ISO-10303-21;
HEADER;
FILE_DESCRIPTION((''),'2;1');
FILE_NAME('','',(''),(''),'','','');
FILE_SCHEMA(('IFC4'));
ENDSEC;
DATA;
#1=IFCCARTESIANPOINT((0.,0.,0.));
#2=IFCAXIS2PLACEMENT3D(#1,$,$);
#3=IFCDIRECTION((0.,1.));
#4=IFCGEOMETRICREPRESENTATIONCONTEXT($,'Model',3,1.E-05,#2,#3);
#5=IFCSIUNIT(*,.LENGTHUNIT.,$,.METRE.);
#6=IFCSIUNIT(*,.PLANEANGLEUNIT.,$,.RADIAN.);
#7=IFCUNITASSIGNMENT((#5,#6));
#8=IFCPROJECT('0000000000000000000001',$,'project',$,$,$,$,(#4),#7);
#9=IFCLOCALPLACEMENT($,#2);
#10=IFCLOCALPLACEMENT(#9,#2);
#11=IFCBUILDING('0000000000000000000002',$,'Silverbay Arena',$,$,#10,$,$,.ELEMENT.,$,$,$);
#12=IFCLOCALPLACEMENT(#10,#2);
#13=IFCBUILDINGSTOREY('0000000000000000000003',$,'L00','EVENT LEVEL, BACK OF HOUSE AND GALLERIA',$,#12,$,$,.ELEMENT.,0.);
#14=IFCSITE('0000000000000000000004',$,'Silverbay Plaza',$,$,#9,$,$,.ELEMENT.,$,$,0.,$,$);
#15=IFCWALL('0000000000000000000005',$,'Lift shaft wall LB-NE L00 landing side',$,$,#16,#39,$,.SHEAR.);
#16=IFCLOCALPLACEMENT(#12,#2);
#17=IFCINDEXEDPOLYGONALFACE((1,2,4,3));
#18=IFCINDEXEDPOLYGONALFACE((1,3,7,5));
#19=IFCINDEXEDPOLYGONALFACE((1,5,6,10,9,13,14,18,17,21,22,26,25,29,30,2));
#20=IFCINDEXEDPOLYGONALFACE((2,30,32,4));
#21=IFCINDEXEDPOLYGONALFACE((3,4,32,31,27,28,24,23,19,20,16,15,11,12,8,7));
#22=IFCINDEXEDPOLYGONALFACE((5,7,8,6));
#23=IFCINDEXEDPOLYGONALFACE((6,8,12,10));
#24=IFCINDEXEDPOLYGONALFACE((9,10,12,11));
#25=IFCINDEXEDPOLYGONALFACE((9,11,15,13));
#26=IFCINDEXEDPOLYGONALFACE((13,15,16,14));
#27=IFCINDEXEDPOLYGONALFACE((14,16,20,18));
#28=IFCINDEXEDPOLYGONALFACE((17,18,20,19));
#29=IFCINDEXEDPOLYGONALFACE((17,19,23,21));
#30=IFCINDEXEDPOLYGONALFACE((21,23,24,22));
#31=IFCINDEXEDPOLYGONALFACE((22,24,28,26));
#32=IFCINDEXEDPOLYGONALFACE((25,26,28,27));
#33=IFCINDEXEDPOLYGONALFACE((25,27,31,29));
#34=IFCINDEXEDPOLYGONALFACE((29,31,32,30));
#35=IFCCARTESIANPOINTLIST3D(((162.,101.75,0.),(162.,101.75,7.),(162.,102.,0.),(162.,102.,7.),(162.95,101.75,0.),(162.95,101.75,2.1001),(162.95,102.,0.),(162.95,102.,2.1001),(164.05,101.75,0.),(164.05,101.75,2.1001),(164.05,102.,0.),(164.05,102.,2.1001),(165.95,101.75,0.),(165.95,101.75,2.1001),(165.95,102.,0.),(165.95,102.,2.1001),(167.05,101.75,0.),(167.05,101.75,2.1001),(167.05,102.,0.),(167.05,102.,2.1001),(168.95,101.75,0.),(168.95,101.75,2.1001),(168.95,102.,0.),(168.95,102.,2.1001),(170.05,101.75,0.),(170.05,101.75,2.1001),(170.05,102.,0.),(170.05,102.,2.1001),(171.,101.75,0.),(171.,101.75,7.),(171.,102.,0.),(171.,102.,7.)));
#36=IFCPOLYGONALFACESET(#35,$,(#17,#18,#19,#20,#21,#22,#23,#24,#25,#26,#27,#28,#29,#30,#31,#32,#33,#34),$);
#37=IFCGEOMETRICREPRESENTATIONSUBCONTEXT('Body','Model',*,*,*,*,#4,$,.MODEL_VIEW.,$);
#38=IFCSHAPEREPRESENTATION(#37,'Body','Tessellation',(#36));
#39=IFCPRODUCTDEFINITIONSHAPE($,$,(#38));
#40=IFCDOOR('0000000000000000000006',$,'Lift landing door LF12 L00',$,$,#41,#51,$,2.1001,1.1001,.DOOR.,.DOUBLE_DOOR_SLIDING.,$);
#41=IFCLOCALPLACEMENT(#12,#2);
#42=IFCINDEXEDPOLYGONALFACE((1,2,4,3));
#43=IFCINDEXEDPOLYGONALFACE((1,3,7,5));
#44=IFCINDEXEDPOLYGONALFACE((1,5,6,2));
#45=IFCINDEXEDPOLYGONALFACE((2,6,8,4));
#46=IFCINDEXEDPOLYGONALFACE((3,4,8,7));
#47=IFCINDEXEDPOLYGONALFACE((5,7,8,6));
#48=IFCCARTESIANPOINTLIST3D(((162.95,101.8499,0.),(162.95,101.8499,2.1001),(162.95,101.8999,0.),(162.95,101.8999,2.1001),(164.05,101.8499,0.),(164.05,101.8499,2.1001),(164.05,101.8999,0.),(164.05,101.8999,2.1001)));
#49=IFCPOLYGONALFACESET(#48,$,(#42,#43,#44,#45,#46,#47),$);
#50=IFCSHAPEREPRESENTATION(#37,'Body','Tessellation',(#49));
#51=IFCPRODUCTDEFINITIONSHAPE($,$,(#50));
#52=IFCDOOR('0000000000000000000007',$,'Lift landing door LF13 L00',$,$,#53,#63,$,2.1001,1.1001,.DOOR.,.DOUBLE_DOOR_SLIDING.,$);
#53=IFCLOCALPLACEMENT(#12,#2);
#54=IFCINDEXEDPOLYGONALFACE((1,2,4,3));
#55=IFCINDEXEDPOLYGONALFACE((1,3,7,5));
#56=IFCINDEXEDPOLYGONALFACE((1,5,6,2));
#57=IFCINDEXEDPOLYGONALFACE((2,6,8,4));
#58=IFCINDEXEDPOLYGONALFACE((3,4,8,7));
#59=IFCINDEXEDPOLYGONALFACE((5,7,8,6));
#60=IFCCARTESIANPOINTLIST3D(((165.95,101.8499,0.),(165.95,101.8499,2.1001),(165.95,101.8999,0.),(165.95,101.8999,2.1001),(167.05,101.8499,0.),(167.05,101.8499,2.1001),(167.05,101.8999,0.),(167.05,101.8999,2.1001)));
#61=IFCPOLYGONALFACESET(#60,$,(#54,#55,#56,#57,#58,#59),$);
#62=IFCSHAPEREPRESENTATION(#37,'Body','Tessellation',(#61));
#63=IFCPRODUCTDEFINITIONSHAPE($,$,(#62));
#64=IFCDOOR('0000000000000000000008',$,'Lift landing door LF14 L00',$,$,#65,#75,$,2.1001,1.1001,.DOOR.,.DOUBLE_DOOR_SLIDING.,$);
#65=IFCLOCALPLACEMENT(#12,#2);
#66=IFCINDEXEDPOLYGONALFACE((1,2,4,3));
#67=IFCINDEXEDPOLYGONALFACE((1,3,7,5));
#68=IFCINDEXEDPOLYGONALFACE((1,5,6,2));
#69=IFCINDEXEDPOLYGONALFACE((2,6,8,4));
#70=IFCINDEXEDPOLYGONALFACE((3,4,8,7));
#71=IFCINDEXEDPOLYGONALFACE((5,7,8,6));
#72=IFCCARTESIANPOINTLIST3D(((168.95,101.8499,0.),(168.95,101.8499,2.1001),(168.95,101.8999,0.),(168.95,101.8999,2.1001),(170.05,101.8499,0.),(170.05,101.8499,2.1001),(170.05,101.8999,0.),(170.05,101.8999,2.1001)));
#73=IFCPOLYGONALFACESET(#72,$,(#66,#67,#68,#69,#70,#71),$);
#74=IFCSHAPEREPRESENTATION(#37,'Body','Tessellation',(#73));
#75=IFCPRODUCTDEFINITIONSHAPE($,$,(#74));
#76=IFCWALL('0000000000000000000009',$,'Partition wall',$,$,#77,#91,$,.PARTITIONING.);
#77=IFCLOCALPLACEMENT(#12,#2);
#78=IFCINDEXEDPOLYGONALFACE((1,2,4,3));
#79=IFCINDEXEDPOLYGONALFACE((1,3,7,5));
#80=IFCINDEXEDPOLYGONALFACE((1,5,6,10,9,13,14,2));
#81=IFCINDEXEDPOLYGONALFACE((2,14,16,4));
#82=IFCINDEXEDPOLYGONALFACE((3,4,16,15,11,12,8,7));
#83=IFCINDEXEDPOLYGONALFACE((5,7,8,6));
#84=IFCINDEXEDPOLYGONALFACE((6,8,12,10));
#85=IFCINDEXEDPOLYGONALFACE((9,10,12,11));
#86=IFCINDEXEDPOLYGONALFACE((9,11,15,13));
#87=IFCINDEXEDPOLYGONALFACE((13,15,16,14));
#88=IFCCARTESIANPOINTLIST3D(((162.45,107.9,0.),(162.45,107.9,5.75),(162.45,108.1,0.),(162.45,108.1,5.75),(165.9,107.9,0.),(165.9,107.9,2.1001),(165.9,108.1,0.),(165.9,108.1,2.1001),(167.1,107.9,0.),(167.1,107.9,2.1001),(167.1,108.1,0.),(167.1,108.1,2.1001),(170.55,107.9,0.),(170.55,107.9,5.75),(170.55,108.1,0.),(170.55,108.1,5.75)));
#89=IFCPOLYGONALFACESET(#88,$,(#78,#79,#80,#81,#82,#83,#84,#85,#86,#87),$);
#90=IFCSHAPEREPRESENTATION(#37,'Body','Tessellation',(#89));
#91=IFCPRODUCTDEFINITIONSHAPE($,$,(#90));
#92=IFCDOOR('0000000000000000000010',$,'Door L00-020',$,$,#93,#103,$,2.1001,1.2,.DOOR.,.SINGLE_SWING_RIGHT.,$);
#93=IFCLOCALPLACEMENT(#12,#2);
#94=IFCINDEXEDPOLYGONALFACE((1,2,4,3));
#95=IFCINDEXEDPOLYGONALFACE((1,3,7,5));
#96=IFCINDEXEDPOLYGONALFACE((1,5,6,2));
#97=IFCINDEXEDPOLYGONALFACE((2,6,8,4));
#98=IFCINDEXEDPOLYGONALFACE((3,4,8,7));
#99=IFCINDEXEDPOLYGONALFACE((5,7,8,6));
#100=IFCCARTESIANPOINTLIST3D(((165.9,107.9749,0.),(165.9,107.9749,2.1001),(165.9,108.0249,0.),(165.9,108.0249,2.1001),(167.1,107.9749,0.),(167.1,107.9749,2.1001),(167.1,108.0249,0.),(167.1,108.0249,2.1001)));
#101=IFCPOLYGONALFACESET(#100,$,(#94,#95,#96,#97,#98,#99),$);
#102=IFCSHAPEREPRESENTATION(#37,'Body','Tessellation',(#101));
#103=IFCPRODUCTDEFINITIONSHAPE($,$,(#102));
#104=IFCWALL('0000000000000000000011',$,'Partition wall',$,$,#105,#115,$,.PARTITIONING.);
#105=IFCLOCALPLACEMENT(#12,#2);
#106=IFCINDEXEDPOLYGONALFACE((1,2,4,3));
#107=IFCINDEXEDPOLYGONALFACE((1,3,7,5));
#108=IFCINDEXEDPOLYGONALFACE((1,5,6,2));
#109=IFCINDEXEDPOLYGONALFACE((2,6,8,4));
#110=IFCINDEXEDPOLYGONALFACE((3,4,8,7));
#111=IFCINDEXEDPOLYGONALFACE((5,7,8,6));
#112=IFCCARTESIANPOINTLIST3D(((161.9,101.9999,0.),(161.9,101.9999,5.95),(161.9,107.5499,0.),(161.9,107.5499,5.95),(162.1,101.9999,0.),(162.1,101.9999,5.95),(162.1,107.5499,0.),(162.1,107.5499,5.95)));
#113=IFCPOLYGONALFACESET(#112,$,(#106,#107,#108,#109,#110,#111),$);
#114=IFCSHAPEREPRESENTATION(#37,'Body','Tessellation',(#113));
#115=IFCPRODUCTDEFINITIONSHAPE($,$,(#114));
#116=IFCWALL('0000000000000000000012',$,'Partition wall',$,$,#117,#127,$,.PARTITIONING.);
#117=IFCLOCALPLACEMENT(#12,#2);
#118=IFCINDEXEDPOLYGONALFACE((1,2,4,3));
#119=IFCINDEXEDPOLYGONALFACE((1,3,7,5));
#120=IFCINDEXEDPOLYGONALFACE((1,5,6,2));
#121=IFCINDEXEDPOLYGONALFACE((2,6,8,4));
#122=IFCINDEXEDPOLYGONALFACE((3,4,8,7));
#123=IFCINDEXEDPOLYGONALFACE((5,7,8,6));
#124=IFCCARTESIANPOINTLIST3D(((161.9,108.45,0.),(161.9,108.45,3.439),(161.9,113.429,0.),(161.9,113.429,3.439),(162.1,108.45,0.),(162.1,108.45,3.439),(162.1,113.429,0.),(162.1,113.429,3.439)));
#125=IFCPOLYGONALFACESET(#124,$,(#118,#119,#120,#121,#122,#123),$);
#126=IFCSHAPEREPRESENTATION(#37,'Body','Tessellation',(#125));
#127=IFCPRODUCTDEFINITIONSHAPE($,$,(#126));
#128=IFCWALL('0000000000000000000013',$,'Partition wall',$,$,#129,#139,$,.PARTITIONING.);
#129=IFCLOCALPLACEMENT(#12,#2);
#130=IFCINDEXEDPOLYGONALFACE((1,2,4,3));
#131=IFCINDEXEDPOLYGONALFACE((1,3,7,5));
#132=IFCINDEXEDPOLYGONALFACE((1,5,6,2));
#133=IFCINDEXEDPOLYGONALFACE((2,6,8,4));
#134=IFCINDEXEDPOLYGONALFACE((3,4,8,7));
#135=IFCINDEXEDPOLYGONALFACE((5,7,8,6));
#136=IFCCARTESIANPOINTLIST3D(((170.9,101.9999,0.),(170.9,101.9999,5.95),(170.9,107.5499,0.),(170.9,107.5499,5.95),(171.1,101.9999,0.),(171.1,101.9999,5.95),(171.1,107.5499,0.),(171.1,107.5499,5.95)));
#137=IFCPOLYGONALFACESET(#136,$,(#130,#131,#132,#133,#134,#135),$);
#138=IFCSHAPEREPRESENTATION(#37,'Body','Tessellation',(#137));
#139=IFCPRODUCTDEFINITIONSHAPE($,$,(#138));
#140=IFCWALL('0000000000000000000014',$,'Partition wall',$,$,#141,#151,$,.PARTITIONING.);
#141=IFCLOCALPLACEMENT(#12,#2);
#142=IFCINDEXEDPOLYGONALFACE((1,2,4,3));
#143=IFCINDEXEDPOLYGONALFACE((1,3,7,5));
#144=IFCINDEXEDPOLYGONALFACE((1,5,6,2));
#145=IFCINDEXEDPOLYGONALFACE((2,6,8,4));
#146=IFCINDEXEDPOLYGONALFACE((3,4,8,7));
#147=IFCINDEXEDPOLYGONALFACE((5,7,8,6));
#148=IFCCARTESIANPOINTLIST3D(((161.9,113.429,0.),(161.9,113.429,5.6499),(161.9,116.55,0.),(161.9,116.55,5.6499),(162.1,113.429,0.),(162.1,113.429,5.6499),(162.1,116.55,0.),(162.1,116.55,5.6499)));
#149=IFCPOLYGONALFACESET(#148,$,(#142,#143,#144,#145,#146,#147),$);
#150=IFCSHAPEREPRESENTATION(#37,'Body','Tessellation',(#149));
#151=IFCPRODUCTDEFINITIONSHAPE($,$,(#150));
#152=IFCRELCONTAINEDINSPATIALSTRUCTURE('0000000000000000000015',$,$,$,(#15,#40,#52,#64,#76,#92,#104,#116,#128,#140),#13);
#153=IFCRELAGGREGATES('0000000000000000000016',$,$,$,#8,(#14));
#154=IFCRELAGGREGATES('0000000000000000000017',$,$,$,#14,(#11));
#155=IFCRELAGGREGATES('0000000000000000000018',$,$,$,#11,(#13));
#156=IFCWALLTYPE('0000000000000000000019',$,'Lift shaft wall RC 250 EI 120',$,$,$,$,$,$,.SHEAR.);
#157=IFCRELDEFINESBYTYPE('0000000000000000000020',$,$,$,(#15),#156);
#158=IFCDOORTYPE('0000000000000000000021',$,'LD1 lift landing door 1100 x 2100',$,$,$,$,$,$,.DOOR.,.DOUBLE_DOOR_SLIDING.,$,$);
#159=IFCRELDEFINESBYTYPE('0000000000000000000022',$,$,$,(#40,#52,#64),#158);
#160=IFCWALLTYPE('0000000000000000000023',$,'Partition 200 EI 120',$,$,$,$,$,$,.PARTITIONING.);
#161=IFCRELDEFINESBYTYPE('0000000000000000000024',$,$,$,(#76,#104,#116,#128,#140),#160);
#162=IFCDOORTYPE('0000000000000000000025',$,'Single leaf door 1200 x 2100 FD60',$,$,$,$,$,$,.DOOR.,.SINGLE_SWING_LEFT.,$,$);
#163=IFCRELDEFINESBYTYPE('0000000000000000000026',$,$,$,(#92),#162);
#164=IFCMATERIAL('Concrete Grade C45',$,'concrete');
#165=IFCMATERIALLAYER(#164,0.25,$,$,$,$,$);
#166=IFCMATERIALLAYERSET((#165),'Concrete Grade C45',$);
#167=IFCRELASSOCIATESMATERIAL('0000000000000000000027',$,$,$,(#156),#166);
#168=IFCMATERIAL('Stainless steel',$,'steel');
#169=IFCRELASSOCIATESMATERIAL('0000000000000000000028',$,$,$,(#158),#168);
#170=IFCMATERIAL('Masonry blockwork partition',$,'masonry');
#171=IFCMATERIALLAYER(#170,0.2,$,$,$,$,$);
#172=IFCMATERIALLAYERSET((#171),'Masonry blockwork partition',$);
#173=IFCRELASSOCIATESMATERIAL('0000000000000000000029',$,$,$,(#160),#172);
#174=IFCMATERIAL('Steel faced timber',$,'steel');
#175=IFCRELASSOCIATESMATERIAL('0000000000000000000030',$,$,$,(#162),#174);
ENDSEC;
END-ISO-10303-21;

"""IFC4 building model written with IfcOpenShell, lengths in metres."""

from ifc_helpers import new_model, si_unit, direction, frame, frame_2d, origin, place, context, subcontext, project, spatial, rectangle, extrude, material, layer, layer_set, type_object, element, fill, save


model = new_model("IFC4")

# Units and contexts
model_context = context("Model", 3, precision=1e-05, world=origin(), true_north=direction((0.0, 1.0)))
body_context = subcontext(model_context, "Body", "Model", "MODEL_VIEW")
ifc_project = project(units=[si_unit("LENGTHUNIT", "METRE"), si_unit("PLANEANGLEUNIT", "RADIAN")], contexts=[model_context])

# Site, building, storey
site_placement = place(None, origin())
site = spatial("IfcSite", under=ifc_project, at=site_placement, Name="Silverbay Plaza", CompositionType="ELEMENT", RefElevation=0.0)
building_placement = place(site_placement, origin())
building = spatial("IfcBuilding", under=site, at=building_placement, Name="Silverbay Arena", CompositionType="ELEMENT")
storey_placement = place(building_placement, origin())
storey = spatial("IfcBuildingStorey", under=building, at=storey_placement, Name="L00", Description="EVENT LEVEL, BACK OF HOUSE AND GALLERIA", CompositionType="ELEMENT", Elevation=0.0)

# Wall, openings, doors
ifc_material_1 = material(Name="Concrete Grade C45", Category="concrete")
ifc_layer_1 = layer(ifc_material_1, 0.25)
ifc_layer_set_1 = layer_set([ifc_layer_1], Name="Concrete Grade C45")
wall_type_1 = type_object("IfcWallType", Name="Lift shaft wall RC 250 EI 120", PredefinedType="SHEAR", material=ifc_layer_set_1)
wall_1_placement = place(storey_placement, frame((162.0, 101.875, 0.0), z_axis=(0.0, 0.0, 1.0), x_axis=(1.0, 0.0, 0.0)))
wall_1 = element("IfcWall", 1, at=wall_1_placement, inside=storey, type_object=wall_type_1, Name="Lift shaft wall LB-NE L00 landing side", PredefinedType="SHEAR", context=body_context, shape_type="SweptSolid", body=[
    extrude(rectangle(XDim=9.0, YDim=0.25, at=frame_2d((4.5, 0.0))), origin(), (0.0, 0.0, 1.0), 7.0),
])
opening_1_placement = place(wall_1_placement, frame((0.95, 0.0, 0.0)))
opening_1 = element("IfcOpeningElement", 2, at=opening_1_placement, cuts=wall_1, PredefinedType="OPENING", context=body_context, shape_type="SweptSolid", body=[
    extrude(rectangle(XDim=1.1001, YDim=2.1001, at=frame_2d((0.55, 1.05))), frame((0.0, 0.135, 0.0), z_axis=(0.0, -1.0, 0.0), x_axis=(1.0, 0.0, 0.0)), (0.0, 0.0, 1.0), 0.27),
])
opening_2_placement = place(wall_1_placement, frame((3.95, 0.0, 0.0)))
opening_2 = element("IfcOpeningElement", 3, at=opening_2_placement, cuts=wall_1, PredefinedType="OPENING", context=body_context, shape_type="SweptSolid", body=[
    extrude(rectangle(XDim=1.1001, YDim=2.1001, at=frame_2d((0.55, 1.05))), frame((0.0, 0.135, 0.0), z_axis=(0.0, -1.0, 0.0), x_axis=(1.0, 0.0, 0.0)), (0.0, 0.0, 1.0), 0.27),
])
opening_3_placement = place(wall_1_placement, frame((6.95, 0.0, 0.0)))
opening_3 = element("IfcOpeningElement", 4, at=opening_3_placement, cuts=wall_1, PredefinedType="OPENING", context=body_context, shape_type="SweptSolid", body=[
    extrude(rectangle(XDim=1.1001, YDim=2.1001, at=frame_2d((0.55, 1.05))), frame((0.0, 0.135, 0.0), z_axis=(0.0, -1.0, 0.0), x_axis=(1.0, 0.0, 0.0)), (0.0, 0.0, 1.0), 0.27),
])
ifc_material_2 = material(Name="Stainless steel", Category="steel")
door_type_1 = type_object("IfcDoorType", Name="LD1 lift landing door 1100 x 2100", OperationType="DOUBLE_DOOR_SLIDING", PredefinedType="DOOR", material=ifc_material_2)
door_1_placement = place(opening_1_placement, origin())
door_1 = element("IfcDoor", 5, at=door_1_placement, inside=storey, type_object=door_type_1, Name="Lift landing door LF12 L00", OperationType="DOUBLE_DOOR_SLIDING", OverallHeight=2.1001, OverallWidth=1.1001, PredefinedType="DOOR", context=body_context, shape_type="SweptSolid", body=[
    extrude(rectangle(XDim=1.1001, YDim=2.1001, at=frame_2d((0.55, 1.05))), frame((0.0, 0.0249, 0.0), z_axis=(0.0, -1.0, 0.0), x_axis=(1.0, 0.0, 0.0)), (0.0, 0.0, 1.0), 0.05),
])
fill(opening_1, door_1)
door_2_placement = place(opening_2_placement, origin())
door_2 = element("IfcDoor", 6, at=door_2_placement, inside=storey, type_object=door_type_1, Name="Lift landing door LF13 L00", OperationType="DOUBLE_DOOR_SLIDING", OverallHeight=2.1001, OverallWidth=1.1001, PredefinedType="DOOR", context=body_context, shape_type="SweptSolid", body=[
    extrude(rectangle(XDim=1.1001, YDim=2.1001, at=frame_2d((0.55, 1.05))), frame((0.0, 0.0249, 0.0), z_axis=(0.0, -1.0, 0.0), x_axis=(1.0, 0.0, 0.0)), (0.0, 0.0, 1.0), 0.05),
])
fill(opening_2, door_2)
door_3_placement = place(opening_3_placement, origin())
door_3 = element("IfcDoor", 7, at=door_3_placement, inside=storey, type_object=door_type_1, Name="Lift landing door LF14 L00", OperationType="DOUBLE_DOOR_SLIDING", OverallHeight=2.1001, OverallWidth=1.1001, PredefinedType="DOOR", context=body_context, shape_type="SweptSolid", body=[
    extrude(rectangle(XDim=1.1001, YDim=2.1001, at=frame_2d((0.55, 1.05))), frame((0.0, 0.0249, 0.0), z_axis=(0.0, -1.0, 0.0), x_axis=(1.0, 0.0, 0.0)), (0.0, 0.0, 1.0), 0.05),
])
fill(opening_3, door_3)

# Wall, opening, door
ifc_material_3 = material(Name="Masonry blockwork partition", Category="masonry")
ifc_layer_2 = layer(ifc_material_3, 0.2)
ifc_layer_set_2 = layer_set([ifc_layer_2], Name="Masonry blockwork partition")
wall_type_2 = type_object("IfcWallType", Name="Partition 200 EI 120", PredefinedType="PARTITIONING", material=ifc_layer_set_2)
wall_2_placement = place(storey_placement, frame((162.45, 108.0, 0.0), z_axis=(0.0, 0.0, 1.0), x_axis=(1.0, 0.0, 0.0)))
wall_2 = element("IfcWall", 8, at=wall_2_placement, inside=storey, type_object=wall_type_2, Name="Partition wall", PredefinedType="PARTITIONING", context=body_context, shape_type="SweptSolid", body=[
    extrude(rectangle(XDim=8.1001, YDim=0.2, at=frame_2d((4.05, 0.0))), origin(), (0.0, 0.0, 1.0), 5.75),
])
opening_4_placement = place(wall_2_placement, frame((3.45, 0.0, 0.0)))
opening_4 = element("IfcOpeningElement", 9, at=opening_4_placement, cuts=wall_2, PredefinedType="OPENING", context=body_context, shape_type="SweptSolid", body=[
    extrude(rectangle(XDim=1.2, YDim=2.1001, at=frame_2d((0.6001, 1.05))), frame((0.0, 0.1099, 0.0), z_axis=(0.0, -1.0, 0.0), x_axis=(1.0, 0.0, 0.0)), (0.0, 0.0, 1.0), 0.22),
])
ifc_material_4 = material(Name="Steel faced timber", Category="steel")
door_type_2 = type_object("IfcDoorType", Name="Single leaf door 1200 x 2100 FD60", OperationType="SINGLE_SWING_LEFT", PredefinedType="DOOR", material=ifc_material_4)
door_4_placement = place(opening_4_placement, origin())
door_4 = element("IfcDoor", 10, at=door_4_placement, inside=storey, type_object=door_type_2, Name="Door L00-020", OperationType="SINGLE_SWING_RIGHT", OverallHeight=2.1001, OverallWidth=1.2, PredefinedType="DOOR", context=body_context, shape_type="SweptSolid", body=[
    extrude(rectangle(XDim=1.2, YDim=2.1001, at=frame_2d((0.6001, 1.05))), frame((0.0, 0.0249, 0.0), z_axis=(0.0, -1.0, 0.0), x_axis=(1.0, 0.0, 0.0)), (0.0, 0.0, 1.0), 0.05),
])
fill(opening_4, door_4)

# Walls
wall_3_placement = place(storey_placement, frame((162.0, 102.0, 0.0), z_axis=(0.0, 0.0, 1.0), x_axis=(0.0, 1.0, 0.0)))
element("IfcWall", 11, at=wall_3_placement, inside=storey, type_object=wall_type_2, Name="Partition wall", PredefinedType="PARTITIONING", context=body_context, shape_type="SweptSolid", body=[
    extrude(rectangle(XDim=5.55, YDim=0.2, at=frame_2d((2.7749, 0.0))), origin(), (0.0, 0.0, 1.0), 5.95),
])
wall_4_placement = place(storey_placement, frame((162.0, 108.45, 0.0), z_axis=(0.0, 0.0, 1.0), x_axis=(0.0, 1.0, 0.0)))
element("IfcWall", 12, at=wall_4_placement, inside=storey, type_object=wall_type_2, Name="Partition wall", PredefinedType="PARTITIONING", context=body_context, shape_type="SweptSolid", body=[
    extrude(rectangle(XDim=4.979, YDim=0.2, at=frame_2d((2.4895, 0.0))), origin(), (0.0, 0.0, 1.0), 3.439),
])
wall_5_placement = place(storey_placement, frame((171.0, 102.0, 0.0), z_axis=(0.0, 0.0, 1.0), x_axis=(0.0, 1.0, 0.0)))
element("IfcWall", 13, at=wall_5_placement, inside=storey, type_object=wall_type_2, Name="Partition wall", PredefinedType="PARTITIONING", context=body_context, shape_type="SweptSolid", body=[
    extrude(rectangle(XDim=5.55, YDim=0.2, at=frame_2d((2.7749, 0.0))), origin(), (0.0, 0.0, 1.0), 5.95),
])
wall_6_placement = place(storey_placement, frame((162.0, 113.429, 0.0), z_axis=(0.0, 0.0, 1.0), x_axis=(0.0, 1.0, 0.0)))
element("IfcWall", 14, at=wall_6_placement, inside=storey, type_object=wall_type_2, Name="Partition wall", PredefinedType="PARTITIONING", context=body_context, shape_type="SweptSolid", body=[
    extrude(rectangle(XDim=3.1211, YDim=0.2, at=frame_2d((1.5605, 0.0))), origin(), (0.0, 0.0, 1.0), 5.6499),
])

save(model, "model.ifc")
